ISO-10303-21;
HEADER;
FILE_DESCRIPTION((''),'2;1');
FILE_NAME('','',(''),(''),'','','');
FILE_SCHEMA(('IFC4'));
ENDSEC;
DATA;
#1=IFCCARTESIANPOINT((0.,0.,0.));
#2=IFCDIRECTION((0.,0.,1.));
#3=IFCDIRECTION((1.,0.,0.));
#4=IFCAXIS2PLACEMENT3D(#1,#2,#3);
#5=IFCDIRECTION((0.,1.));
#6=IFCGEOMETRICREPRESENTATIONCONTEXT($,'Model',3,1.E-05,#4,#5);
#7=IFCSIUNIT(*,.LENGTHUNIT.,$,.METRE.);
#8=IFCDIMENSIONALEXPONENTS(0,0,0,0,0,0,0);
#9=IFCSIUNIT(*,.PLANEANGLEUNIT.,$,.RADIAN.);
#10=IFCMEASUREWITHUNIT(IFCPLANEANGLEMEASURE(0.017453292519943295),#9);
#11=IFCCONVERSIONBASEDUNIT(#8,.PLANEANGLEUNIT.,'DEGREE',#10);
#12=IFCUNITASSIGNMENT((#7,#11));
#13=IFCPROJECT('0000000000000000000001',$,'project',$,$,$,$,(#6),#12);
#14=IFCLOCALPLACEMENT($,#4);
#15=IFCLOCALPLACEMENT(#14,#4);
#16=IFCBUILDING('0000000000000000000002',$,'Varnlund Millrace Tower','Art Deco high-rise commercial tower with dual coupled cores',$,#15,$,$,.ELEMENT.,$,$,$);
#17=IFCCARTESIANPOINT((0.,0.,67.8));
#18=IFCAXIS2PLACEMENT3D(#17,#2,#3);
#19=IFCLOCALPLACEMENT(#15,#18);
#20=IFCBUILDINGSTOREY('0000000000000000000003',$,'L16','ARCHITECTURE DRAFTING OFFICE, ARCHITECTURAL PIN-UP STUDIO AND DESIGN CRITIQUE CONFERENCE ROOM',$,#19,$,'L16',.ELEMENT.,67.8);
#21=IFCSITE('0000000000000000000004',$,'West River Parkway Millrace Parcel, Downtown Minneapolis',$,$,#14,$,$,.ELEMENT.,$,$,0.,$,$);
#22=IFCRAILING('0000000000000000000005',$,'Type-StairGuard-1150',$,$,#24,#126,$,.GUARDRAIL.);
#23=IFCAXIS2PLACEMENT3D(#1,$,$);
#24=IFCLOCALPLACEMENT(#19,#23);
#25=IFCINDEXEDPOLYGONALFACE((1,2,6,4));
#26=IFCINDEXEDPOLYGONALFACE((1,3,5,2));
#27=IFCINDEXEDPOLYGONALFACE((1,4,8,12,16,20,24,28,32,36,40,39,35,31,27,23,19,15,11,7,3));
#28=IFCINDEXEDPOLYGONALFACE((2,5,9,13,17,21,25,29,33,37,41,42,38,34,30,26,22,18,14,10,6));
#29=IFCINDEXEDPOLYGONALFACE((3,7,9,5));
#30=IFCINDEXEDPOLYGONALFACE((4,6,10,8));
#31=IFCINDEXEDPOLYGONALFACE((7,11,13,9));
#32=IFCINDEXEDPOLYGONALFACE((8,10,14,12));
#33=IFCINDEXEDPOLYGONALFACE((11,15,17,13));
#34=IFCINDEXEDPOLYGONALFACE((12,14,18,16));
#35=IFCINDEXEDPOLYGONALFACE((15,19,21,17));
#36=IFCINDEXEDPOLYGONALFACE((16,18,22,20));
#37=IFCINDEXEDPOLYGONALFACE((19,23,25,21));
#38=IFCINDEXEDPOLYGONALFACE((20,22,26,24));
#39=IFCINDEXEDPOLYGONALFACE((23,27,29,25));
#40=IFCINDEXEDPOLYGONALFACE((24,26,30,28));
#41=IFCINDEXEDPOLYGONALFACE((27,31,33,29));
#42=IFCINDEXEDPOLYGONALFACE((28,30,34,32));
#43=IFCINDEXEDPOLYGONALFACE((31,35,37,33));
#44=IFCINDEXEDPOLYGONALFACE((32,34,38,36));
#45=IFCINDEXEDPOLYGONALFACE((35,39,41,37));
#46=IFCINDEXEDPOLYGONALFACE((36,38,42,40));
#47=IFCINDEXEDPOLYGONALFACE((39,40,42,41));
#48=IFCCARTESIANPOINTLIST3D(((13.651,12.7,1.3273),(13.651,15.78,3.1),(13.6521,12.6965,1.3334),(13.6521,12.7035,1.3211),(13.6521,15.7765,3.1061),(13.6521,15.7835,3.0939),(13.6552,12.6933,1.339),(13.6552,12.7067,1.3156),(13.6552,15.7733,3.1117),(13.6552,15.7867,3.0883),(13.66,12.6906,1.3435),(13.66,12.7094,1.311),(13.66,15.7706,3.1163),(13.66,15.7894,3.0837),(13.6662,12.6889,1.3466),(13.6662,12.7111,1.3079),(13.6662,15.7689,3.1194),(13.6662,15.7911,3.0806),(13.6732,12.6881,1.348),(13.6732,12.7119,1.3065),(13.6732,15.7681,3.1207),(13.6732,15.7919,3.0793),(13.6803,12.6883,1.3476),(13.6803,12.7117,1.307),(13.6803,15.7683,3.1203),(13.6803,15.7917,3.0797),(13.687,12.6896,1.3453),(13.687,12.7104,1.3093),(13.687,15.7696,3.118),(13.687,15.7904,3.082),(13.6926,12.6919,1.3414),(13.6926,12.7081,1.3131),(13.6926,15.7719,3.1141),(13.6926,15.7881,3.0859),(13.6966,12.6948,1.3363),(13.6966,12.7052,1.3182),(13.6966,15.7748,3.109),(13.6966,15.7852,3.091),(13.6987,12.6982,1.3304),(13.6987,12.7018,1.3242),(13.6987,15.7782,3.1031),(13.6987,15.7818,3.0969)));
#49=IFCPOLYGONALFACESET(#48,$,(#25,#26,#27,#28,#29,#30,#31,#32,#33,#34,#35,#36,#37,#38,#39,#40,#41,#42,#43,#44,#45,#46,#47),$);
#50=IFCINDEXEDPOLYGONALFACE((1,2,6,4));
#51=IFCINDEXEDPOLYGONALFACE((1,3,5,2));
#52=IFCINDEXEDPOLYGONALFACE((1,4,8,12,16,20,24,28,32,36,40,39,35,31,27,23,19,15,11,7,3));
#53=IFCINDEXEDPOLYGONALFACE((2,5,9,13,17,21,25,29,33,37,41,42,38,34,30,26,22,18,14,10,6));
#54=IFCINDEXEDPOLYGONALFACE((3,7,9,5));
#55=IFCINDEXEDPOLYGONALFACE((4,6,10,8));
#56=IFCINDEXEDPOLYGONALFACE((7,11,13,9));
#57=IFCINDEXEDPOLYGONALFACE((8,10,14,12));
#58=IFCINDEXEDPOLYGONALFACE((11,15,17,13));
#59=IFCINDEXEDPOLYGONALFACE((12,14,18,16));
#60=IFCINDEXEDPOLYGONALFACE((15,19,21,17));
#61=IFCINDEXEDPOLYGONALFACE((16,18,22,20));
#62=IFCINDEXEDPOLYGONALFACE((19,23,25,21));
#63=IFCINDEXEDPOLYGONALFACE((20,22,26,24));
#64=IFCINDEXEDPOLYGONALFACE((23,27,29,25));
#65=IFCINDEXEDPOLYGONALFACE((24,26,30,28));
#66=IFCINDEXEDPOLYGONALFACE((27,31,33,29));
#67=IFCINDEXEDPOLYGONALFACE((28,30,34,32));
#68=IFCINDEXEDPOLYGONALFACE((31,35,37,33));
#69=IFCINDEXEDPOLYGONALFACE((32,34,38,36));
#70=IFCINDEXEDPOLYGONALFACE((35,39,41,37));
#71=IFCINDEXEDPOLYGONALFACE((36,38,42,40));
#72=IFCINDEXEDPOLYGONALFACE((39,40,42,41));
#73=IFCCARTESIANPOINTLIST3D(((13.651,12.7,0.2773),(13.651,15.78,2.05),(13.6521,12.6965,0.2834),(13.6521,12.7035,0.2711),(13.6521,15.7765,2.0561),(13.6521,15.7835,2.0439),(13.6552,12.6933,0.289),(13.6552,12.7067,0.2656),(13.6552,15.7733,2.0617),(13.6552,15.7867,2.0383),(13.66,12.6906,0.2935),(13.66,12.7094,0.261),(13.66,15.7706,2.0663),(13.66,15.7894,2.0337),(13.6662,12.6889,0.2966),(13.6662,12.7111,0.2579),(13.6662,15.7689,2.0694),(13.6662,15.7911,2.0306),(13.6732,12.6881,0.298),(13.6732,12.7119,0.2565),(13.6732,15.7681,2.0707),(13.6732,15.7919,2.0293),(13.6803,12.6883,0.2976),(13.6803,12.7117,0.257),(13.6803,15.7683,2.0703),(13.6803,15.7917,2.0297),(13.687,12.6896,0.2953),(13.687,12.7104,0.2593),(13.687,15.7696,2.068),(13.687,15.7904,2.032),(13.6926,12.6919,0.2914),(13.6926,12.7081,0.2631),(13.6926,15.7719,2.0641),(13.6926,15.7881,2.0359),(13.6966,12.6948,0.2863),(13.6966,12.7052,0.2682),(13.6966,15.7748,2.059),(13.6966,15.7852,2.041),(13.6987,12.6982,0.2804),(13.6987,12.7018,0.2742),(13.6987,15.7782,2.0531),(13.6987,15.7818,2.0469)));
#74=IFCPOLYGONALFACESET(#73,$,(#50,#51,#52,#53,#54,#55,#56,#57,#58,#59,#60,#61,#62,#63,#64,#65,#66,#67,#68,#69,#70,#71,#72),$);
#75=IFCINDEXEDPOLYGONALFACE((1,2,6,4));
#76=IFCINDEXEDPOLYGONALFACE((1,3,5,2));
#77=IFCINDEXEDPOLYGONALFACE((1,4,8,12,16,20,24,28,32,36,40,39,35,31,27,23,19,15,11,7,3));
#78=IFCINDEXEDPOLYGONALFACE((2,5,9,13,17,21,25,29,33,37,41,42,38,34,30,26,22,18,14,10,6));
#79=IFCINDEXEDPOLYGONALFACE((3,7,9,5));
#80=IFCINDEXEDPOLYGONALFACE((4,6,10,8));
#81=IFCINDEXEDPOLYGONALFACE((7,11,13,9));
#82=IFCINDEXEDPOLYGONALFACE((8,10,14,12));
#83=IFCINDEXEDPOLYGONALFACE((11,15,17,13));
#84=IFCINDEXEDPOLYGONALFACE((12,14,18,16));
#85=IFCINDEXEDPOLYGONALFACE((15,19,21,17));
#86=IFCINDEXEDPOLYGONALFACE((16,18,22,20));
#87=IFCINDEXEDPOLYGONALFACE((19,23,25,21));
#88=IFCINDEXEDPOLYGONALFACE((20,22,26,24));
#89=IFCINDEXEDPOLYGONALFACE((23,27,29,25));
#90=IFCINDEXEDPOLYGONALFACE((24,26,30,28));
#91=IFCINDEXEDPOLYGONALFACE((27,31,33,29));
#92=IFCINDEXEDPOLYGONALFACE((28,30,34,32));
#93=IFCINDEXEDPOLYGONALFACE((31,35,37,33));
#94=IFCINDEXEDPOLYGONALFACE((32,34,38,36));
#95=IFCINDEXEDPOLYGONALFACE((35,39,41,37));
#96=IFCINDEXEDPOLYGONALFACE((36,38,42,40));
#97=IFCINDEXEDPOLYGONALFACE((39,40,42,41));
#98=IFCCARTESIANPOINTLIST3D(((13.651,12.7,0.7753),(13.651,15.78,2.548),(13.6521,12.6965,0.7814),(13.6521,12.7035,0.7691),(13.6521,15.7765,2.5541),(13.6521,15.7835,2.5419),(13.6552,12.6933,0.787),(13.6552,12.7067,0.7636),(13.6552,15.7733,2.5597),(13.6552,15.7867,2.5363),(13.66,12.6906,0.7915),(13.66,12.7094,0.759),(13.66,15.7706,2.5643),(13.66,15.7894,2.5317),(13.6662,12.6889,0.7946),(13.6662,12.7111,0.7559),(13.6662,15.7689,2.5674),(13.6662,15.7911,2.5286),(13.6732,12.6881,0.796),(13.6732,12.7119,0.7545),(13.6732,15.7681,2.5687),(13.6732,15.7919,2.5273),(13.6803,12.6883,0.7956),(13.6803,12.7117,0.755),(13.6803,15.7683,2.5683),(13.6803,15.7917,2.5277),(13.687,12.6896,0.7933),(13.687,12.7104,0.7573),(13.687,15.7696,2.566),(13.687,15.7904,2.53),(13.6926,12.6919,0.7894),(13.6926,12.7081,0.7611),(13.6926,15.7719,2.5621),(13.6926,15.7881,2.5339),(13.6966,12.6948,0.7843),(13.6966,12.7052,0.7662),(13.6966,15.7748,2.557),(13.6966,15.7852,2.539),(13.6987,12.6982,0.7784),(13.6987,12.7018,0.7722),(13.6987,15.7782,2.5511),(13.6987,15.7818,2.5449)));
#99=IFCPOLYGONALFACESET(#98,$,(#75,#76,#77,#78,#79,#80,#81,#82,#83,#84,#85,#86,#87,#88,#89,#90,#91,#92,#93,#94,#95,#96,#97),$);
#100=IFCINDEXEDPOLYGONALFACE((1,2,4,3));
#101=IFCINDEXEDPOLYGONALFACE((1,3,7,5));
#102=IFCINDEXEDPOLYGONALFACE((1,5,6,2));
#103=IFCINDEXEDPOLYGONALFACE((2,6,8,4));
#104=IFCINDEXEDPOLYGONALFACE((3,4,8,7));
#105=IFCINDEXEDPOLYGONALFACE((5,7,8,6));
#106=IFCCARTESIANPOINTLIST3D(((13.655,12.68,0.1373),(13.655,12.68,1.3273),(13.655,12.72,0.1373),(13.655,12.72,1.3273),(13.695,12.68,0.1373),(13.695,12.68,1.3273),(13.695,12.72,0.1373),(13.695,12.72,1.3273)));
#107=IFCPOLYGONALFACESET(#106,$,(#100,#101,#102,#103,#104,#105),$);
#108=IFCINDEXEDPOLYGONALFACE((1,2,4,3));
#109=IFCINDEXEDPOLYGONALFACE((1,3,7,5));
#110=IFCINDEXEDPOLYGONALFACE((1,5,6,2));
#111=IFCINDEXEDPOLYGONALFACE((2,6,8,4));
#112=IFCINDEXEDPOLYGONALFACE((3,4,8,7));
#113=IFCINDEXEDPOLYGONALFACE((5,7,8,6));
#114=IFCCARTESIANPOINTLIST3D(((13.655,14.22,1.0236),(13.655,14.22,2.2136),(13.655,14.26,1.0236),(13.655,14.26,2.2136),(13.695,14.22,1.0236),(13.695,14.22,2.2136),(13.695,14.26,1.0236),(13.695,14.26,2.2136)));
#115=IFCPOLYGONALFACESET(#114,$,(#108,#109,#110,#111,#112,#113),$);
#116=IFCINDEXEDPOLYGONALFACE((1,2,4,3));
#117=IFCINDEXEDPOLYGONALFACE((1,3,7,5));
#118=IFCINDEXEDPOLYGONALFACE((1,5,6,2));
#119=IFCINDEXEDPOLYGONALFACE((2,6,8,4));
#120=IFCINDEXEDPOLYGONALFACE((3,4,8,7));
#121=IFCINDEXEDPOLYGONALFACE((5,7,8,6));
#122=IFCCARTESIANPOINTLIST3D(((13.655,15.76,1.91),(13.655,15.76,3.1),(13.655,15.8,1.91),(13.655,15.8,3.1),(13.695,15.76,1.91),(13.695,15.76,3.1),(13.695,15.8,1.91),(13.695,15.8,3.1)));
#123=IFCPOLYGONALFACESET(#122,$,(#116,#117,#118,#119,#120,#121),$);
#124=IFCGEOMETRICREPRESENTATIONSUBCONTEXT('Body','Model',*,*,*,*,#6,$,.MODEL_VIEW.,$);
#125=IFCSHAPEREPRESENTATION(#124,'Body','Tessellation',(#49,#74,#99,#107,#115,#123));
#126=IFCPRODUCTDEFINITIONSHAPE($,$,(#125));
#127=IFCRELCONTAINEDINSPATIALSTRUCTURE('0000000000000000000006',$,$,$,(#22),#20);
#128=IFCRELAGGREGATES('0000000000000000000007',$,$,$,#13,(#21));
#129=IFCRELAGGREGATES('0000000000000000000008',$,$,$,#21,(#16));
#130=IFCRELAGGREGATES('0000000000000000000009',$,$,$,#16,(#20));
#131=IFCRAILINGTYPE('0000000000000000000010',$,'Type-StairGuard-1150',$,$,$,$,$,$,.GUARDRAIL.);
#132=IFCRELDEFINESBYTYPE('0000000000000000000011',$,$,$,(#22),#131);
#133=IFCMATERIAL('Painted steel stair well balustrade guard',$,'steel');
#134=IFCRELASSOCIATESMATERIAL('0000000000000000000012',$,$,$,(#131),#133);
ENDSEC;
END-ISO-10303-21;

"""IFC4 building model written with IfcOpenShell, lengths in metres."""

from ifc_helpers import new_model, entity, si_unit, converted_unit, direction, frame, origin_with_axes, origin_2d_with_axis, place, context, subcontext, project, spatial, rectangle, circle, extrude, material, type_object, element, save


model = new_model("IFC4")

# Units and contexts
model_context = context("Model", 3, precision=1e-05, world=origin_with_axes(), true_north=direction((0.0, 1.0)))
body_context = subcontext(model_context, "Body", "Model", "MODEL_VIEW")
ifc_project = project(units=[si_unit("LENGTHUNIT", "METRE"), converted_unit("PLANEANGLEUNIT", "DEGREE", entity("IfcPlaneAngleMeasure", 0.017453292519943295), si_unit("PLANEANGLEUNIT", "RADIAN"), dimensions=[0, 0, 0, 0, 0, 0, 0])], contexts=[model_context])

# Site, building, storey
site_placement = place(None, origin_with_axes())
site = spatial("IfcSite", under=ifc_project, at=site_placement, Name="West River Parkway Millrace Parcel, Downtown Minneapolis", CompositionType="ELEMENT", RefElevation=0.0)
building_placement = place(site_placement, origin_with_axes())
building = spatial("IfcBuilding", under=site, at=building_placement, Name="Varnlund Millrace Tower", Description="Art Deco high-rise commercial tower with dual coupled cores", CompositionType="ELEMENT")
storey_placement = place(building_placement, frame((0.0, 0.0, 67.8), z_axis=(0.0, 0.0, 1.0), x_axis=(1.0, 0.0, 0.0)))
storey = spatial("IfcBuildingStorey", under=building, at=storey_placement, Name="L16", Description="ARCHITECTURE DRAFTING OFFICE, ARCHITECTURAL PIN-UP STUDIO AND DESIGN CRITIQUE CONFERENCE ROOM", LongName="L16", CompositionType="ELEMENT", Elevation=67.8)

# Railing
ifc_material_1 = material(Name="Painted steel stair well balustrade guard", Category="steel")
railing_type_1 = type_object("IfcRailingType", Name="Type-StairGuard-1150", PredefinedType="GUARDRAIL", material=ifc_material_1)
railing_1_placement = place(storey_placement, frame((0.0, 0.0, -67.8), z_axis=(0.0, 0.0, 1.0), x_axis=(1.0, 0.0, 0.0)))
element("IfcRailing", 1, at=railing_1_placement, inside=storey, type_object=railing_type_1, Name="Type-StairGuard-1150", PredefinedType="GUARDRAIL", context=body_context, shape_type="SweptSolid", body=[
    extrude(circle(Radius=0.024, at=origin_2d_with_axis()), frame((13.675, 12.7, 69.1273), z_axis=(0.0, 0.866696, 0.498836), x_axis=(-1.0, 0.0, 0.0)), (0.0, 0.0, 1.0), 3.5537),
    extrude(circle(Radius=0.024, at=origin_2d_with_axis()), frame((13.675, 12.7, 68.0773), z_axis=(0.0, 0.866696, 0.498836), x_axis=(-1.0, 0.0, 0.0)), (0.0, 0.0, 1.0), 3.5537),
    extrude(circle(Radius=0.024, at=origin_2d_with_axis()), frame((13.675, 12.7, 68.5753), z_axis=(0.0, 0.866696, 0.498836), x_axis=(-1.0, 0.0, 0.0)), (0.0, 0.0, 1.0), 3.5537),
    extrude(rectangle(XDim=0.04, YDim=0.04, at=origin_2d_with_axis()), frame((13.675, 12.7, 67.9373), z_axis=(0.0, 0.0, 1.0), x_axis=(1.0, 0.0, 0.0)), (0.0, 0.0, 1.0), 1.19),
    extrude(rectangle(XDim=0.04, YDim=0.04, at=origin_2d_with_axis()), frame((13.675, 14.24, 68.8236), z_axis=(0.0, 0.0, 1.0), x_axis=(1.0, 0.0, 0.0)), (0.0, 0.0, 1.0), 1.19),
    extrude(rectangle(XDim=0.04, YDim=0.04, at=origin_2d_with_axis()), frame((13.675, 15.78, 69.71), z_axis=(0.0, 0.0, 1.0), x_axis=(1.0, 0.0, 0.0)), (0.0, 0.0, 1.0), 1.19),
])

save(model, "model.ifc")
